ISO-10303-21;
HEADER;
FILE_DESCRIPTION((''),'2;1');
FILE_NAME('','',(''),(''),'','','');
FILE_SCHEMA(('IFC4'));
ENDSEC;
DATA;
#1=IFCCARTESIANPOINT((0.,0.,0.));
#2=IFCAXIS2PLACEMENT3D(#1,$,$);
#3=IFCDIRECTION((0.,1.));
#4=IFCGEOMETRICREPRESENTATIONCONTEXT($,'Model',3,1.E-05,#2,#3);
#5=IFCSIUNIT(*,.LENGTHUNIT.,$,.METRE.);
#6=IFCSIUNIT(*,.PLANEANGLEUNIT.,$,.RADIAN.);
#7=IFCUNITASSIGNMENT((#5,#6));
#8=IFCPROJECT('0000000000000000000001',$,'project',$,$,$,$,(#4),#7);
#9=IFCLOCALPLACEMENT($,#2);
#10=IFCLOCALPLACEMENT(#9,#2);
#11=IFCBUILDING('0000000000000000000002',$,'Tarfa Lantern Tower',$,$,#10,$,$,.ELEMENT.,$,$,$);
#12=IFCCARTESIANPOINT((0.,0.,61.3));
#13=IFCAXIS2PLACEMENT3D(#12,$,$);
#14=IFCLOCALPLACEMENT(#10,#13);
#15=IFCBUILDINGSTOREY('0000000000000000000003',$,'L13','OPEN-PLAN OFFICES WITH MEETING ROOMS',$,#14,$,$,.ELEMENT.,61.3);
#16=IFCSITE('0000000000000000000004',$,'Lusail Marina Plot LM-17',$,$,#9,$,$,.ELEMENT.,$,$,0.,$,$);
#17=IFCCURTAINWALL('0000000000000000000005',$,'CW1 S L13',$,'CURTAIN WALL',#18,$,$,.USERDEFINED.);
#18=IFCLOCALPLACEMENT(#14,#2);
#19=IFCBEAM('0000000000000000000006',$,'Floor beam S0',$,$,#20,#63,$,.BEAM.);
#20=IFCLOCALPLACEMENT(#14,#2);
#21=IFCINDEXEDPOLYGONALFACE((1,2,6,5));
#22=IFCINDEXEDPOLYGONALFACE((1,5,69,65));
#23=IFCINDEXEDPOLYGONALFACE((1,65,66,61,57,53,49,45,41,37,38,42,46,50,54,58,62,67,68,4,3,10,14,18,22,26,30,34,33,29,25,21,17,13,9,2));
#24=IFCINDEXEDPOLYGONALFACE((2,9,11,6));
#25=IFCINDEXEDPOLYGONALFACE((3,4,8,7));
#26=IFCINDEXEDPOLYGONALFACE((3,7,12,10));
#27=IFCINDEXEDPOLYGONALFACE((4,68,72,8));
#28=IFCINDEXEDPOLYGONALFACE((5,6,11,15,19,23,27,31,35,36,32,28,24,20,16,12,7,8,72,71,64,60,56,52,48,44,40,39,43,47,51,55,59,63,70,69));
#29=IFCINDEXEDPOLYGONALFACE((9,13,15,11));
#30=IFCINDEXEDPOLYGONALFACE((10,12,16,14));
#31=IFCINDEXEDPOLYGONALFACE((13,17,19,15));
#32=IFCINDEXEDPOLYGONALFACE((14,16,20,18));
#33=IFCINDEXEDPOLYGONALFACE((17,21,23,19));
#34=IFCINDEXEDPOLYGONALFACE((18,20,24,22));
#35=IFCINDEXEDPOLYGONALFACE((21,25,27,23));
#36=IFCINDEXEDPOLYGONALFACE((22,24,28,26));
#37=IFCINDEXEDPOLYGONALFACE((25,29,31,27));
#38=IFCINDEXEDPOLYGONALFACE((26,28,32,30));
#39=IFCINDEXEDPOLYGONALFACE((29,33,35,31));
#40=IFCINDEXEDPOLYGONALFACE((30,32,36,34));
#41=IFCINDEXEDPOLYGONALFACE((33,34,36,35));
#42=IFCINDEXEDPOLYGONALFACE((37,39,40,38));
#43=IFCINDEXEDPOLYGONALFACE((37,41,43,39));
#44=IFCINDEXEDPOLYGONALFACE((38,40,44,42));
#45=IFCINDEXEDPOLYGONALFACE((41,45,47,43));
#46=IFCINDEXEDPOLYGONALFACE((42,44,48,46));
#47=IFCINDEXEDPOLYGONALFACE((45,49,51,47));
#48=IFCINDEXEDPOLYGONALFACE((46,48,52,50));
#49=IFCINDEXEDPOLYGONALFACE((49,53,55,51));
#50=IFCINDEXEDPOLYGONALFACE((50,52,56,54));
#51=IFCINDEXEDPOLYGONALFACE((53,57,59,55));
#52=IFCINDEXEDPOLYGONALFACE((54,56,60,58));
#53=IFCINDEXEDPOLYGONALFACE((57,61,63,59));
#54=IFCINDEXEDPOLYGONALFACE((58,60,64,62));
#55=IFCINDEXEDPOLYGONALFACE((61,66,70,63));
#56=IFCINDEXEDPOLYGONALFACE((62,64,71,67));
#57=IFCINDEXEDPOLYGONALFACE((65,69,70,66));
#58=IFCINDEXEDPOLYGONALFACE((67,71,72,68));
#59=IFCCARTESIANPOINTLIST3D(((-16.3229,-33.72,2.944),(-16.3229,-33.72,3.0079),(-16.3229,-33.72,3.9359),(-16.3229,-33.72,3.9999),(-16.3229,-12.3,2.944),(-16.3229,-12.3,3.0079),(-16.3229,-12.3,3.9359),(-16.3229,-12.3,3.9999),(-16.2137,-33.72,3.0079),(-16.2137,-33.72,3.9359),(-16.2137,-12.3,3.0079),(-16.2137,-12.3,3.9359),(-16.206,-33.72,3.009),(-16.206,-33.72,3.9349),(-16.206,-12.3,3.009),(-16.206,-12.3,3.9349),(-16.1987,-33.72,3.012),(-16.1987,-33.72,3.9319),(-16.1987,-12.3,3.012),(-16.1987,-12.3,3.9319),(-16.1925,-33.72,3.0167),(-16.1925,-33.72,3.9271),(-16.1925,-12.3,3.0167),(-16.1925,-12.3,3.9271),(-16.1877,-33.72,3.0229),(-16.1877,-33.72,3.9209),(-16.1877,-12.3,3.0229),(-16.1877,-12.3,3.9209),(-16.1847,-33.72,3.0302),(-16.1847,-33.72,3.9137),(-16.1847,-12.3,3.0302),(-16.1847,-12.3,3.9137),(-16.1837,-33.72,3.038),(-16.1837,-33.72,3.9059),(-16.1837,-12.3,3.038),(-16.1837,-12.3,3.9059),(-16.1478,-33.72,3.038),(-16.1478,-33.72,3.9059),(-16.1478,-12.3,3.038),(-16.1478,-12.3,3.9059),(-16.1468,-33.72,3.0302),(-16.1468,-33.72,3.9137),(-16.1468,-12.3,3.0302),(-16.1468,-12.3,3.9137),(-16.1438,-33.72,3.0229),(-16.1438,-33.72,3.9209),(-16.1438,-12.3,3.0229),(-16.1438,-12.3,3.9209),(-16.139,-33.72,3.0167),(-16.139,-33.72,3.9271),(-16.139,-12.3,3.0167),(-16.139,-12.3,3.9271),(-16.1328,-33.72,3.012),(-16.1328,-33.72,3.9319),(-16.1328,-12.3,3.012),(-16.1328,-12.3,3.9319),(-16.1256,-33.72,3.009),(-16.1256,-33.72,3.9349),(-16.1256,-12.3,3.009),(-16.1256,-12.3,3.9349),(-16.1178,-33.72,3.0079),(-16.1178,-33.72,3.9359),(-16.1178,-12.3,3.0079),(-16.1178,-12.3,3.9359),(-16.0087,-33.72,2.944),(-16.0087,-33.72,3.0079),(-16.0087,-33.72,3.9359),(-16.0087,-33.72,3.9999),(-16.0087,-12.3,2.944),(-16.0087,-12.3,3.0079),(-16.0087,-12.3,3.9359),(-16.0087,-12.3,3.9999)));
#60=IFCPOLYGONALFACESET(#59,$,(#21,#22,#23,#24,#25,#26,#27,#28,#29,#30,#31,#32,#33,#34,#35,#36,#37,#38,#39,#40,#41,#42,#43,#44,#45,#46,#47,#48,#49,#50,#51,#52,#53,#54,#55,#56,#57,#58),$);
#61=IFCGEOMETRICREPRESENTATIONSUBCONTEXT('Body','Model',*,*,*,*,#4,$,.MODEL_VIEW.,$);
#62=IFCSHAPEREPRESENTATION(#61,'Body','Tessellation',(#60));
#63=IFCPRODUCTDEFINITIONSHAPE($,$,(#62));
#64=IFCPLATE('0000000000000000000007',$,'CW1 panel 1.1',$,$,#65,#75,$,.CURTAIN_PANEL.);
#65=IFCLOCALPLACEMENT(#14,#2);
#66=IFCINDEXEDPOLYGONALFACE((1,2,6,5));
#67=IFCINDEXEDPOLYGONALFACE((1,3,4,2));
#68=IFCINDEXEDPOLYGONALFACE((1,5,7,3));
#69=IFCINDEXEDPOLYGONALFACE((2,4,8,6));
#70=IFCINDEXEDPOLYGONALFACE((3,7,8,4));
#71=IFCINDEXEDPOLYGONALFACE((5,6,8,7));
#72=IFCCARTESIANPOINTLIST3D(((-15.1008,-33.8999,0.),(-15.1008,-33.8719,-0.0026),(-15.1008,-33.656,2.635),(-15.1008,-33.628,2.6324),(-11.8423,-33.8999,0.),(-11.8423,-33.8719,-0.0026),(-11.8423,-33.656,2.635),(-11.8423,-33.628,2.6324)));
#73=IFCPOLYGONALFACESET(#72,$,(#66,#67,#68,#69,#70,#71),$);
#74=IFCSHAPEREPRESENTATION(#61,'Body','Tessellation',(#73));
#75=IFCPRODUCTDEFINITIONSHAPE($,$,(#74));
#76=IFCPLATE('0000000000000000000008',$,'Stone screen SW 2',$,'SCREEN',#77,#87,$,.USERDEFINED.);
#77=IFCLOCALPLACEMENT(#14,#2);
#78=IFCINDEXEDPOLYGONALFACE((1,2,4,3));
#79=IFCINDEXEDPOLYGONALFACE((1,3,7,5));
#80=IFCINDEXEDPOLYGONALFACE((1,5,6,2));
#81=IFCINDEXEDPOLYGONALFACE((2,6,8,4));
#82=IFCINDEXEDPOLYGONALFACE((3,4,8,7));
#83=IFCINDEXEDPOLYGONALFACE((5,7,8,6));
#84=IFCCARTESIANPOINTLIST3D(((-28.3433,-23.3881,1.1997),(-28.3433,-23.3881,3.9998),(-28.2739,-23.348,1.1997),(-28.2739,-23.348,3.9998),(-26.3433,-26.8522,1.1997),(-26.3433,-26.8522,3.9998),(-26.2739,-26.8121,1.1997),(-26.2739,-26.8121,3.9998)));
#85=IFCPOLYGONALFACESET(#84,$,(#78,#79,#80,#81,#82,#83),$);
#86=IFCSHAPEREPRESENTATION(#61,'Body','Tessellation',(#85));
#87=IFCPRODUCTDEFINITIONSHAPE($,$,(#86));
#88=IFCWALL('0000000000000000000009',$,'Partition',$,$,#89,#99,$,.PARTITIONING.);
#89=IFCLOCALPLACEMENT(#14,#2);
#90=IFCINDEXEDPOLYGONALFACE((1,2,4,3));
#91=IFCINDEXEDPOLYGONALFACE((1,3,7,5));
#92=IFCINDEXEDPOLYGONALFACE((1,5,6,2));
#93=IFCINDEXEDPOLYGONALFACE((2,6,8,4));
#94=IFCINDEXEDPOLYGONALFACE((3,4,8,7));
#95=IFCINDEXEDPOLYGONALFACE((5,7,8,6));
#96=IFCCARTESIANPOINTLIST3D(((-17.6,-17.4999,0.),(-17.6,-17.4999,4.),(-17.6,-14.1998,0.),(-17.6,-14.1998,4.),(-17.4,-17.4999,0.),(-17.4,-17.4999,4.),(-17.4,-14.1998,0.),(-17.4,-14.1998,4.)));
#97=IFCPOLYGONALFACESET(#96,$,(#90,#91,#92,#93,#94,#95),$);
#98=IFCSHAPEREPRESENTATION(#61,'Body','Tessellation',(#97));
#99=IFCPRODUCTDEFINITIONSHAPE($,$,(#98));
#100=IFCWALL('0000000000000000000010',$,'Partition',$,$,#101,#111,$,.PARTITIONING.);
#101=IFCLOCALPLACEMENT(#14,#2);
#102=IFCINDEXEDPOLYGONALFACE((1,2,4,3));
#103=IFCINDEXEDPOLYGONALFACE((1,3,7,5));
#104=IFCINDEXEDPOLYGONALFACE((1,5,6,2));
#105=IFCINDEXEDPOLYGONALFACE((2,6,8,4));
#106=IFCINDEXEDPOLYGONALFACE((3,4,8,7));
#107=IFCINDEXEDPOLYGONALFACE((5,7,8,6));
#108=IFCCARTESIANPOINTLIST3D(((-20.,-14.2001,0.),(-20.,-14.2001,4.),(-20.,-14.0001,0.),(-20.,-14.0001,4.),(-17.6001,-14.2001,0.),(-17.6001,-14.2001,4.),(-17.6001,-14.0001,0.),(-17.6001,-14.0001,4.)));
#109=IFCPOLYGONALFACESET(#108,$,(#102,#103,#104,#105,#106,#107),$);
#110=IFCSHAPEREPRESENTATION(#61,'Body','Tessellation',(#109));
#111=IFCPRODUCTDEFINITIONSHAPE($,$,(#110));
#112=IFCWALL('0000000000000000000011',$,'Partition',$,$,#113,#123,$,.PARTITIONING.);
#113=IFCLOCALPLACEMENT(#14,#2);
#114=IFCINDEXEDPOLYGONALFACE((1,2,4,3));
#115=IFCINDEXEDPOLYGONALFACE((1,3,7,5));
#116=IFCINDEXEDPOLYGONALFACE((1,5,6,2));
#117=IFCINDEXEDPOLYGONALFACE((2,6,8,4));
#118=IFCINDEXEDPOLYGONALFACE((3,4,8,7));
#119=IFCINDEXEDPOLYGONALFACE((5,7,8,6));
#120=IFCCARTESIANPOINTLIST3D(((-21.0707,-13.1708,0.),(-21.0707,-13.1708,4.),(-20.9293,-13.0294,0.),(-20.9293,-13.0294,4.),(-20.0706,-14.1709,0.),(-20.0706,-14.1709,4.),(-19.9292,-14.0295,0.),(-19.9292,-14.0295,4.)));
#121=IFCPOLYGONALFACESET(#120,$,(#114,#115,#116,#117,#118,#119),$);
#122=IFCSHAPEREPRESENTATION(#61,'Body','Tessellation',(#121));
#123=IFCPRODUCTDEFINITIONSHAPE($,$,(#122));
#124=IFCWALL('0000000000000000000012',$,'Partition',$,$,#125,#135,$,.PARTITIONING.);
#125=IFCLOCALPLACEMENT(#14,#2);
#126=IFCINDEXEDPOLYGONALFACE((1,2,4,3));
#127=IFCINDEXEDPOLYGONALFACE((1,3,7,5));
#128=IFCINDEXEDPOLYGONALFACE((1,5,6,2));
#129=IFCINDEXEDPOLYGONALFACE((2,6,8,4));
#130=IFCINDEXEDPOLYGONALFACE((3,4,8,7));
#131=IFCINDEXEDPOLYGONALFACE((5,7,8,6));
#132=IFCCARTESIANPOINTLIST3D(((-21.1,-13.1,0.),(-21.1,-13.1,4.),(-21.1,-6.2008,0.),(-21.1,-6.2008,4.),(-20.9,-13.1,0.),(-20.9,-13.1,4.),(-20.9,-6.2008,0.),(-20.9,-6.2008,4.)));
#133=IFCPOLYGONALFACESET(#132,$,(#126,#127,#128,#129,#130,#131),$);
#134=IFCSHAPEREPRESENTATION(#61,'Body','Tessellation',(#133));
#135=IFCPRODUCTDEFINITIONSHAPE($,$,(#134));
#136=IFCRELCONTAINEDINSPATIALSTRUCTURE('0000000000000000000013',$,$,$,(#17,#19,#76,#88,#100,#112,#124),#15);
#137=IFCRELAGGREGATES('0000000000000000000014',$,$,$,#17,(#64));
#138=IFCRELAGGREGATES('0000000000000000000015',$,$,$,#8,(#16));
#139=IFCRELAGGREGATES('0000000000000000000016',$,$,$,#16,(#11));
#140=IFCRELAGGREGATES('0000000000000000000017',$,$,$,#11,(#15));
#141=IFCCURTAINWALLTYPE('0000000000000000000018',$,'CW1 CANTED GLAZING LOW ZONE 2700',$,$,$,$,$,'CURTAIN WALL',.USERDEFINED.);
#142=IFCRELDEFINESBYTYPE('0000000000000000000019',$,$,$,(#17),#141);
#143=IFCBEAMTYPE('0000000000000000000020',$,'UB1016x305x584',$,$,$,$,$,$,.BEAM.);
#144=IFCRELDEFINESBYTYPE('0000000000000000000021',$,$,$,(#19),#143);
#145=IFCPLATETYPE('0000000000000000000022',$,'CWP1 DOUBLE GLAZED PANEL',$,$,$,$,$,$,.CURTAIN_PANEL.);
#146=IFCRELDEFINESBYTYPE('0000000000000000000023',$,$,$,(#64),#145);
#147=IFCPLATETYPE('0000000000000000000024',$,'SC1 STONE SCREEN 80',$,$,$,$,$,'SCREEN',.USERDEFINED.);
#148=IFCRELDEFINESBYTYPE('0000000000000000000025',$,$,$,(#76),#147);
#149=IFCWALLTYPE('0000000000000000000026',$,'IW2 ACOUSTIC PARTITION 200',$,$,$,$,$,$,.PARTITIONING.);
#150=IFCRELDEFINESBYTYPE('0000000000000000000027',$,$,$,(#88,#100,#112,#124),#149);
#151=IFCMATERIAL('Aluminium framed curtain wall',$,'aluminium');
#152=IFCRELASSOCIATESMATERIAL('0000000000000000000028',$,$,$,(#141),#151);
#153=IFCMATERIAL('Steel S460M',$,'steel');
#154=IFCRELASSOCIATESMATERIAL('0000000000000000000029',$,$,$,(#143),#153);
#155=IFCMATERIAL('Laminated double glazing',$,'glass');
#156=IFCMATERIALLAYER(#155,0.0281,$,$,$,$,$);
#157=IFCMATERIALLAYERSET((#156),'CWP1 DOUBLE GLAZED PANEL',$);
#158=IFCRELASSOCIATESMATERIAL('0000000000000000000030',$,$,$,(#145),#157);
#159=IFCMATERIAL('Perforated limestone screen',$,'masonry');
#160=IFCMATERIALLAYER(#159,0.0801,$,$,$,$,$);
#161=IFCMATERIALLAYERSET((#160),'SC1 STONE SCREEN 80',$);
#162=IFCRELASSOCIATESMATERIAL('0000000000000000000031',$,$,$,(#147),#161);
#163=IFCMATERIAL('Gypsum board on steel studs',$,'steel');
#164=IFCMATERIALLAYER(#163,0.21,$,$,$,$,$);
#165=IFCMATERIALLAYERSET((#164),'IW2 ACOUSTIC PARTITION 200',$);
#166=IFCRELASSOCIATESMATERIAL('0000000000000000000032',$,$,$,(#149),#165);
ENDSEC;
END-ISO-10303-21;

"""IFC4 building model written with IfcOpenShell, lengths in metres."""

from ifc_helpers import new_model, si_unit, direction, frame, frame_2d, origin, origin_2d, place, context, subcontext, project, spatial, polyline, rectangle, i_section, outline, extrude, material, layer, layer_set, material_profile, profile_set, type_object, element, aggregate, save


model = new_model("IFC4")

# Units and contexts
model_context = context("Model", 3, precision=1e-05, world=origin(), true_north=direction((0.0, 1.0)))
body_context = subcontext(model_context, "Body", "Model", "MODEL_VIEW")
ifc_project = project(units=[si_unit("LENGTHUNIT", "METRE"), si_unit("PLANEANGLEUNIT", "RADIAN")], contexts=[model_context])

# Site, building, storey
site_placement = place(None, origin())
site = spatial("IfcSite", under=ifc_project, at=site_placement, Name="Lusail Marina Plot LM-17", CompositionType="ELEMENT", RefElevation=0.0)
building_placement = place(site_placement, origin())
building = spatial("IfcBuilding", under=site, at=building_placement, Name="Tarfa Lantern Tower", CompositionType="ELEMENT")
storey_placement = place(building_placement, frame((0.0, 0.0, 61.3)))
storey = spatial("IfcBuildingStorey", under=building, at=storey_placement, Name="L13", Description="OPEN-PLAN OFFICES WITH MEETING ROOMS", CompositionType="ELEMENT", Elevation=61.3)

# Curtain wall
ifc_material_1 = material(Name="Aluminium framed curtain wall", Category="aluminium")
curtain_wall_type = type_object("IfcCurtainWallType", Name="CW1 CANTED GLAZING LOW ZONE 2700", ElementType="CURTAIN WALL", PredefinedType="USERDEFINED", material=ifc_material_1)
curtain_wall_placement = place(storey_placement, origin())
curtain_wall = element("IfcCurtainWall", 1, at=curtain_wall_placement, inside=storey, type_object=curtain_wall_type, Name="CW1 S L13", ObjectType="CURTAIN WALL", PredefinedType="USERDEFINED")

# Beam
ifc_material_2 = material(Name="Steel S460M", Category="steel")
ifc_material_profile_1 = material_profile(ifc_material_2, i_section(OverallWidth=0.3142, OverallDepth=1.0559, WebThickness=0.0359, FlangeThickness=0.064, FilletRadius=0.03, at=origin_2d()), Name="UB1016x305x584")
ifc_profile_set_1 = profile_set([ifc_material_profile_1], Name="Steel S460M")
beam_type_1 = type_object("IfcBeamType", Name="UB1016x305x584", PredefinedType="BEAM", material=ifc_profile_set_1)
beam_1_placement = place(storey_placement, frame((-16.1658, -33.72, 3.4719), z_axis=(0.0, 1.0, 0.0), x_axis=(-1.0, 0.0, 0.0)))
element("IfcBeam", 2, at=beam_1_placement, inside=storey, type_object=beam_type_1, Name="Floor beam S0", PredefinedType="BEAM", context=body_context, shape_type="SweptSolid", body=[
    extrude(i_section(OverallWidth=0.3142, OverallDepth=1.0559, WebThickness=0.0359, FlangeThickness=0.064, FilletRadius=0.03, at=origin_2d()), origin(), (0.0, 0.0, 1.0), 21.4199),
])

# Plates
ifc_material_3 = material(Name="Laminated double glazing", Category="glass")
ifc_layer_1 = layer(ifc_material_3, 0.0281)
ifc_layer_set_1 = layer_set([ifc_layer_1], Name="CWP1 DOUBLE GLAZED PANEL")
plate_type_1 = type_object("IfcPlateType", Name="CWP1 DOUBLE GLAZED PANEL", PredefinedType="CURTAIN_PANEL", material=ifc_layer_set_1)
plate_1_placement = place(storey_placement, frame((-15.1008, -33.8999, 0.0), z_axis=(0.0, -0.995744, 0.092166), x_axis=(1.0, 0.0, 0.0)))
plate_1 = element("IfcPlate", 3, at=plate_1_placement, type_object=plate_type_1, Name="CW1 panel 1.1", PredefinedType="CURTAIN_PANEL", context=body_context, shape_type="SweptSolid", body=[
    extrude(outline(polyline([(0.0, 0.0), (3.2585, 0.0), (3.2585, 2.6463), (0.0, 2.6463), (0.0, 0.0)])), origin(), (0.0, 0.0, -1.0), 0.0281),
])
aggregate(curtain_wall, [plate_1])
ifc_material_4 = material(Name="Perforated limestone screen", Category="masonry")
ifc_layer_2 = layer(ifc_material_4, 0.0801)
ifc_layer_set_2 = layer_set([ifc_layer_2], Name="SC1 STONE SCREEN 80")
plate_type_2 = type_object("IfcPlateType", Name="SC1 STONE SCREEN 80", ElementType="SCREEN", PredefinedType="USERDEFINED", material=ifc_layer_set_2)
plate_2_placement = place(storey_placement, frame((-27.3086, -25.1001, 1.1997), z_axis=(0.0, 0.0, 1.0), x_axis=(0.5, -0.866025, 0.0)))
element("IfcPlate", 4, at=plate_2_placement, inside=storey, type_object=plate_type_2, Name="Stone screen SW 2", ObjectType="SCREEN", PredefinedType="USERDEFINED", context=body_context, shape_type="SweptSolid", body=[
    extrude(rectangle(XDim=4.0, YDim=0.0801, at=origin_2d()), origin(), (0.0, 0.0, 1.0), 2.8),
])

# Walls
ifc_material_5 = material(Name="Gypsum board on steel studs", Category="steel")
ifc_layer_3 = layer(ifc_material_5, 0.21)
ifc_layer_set_3 = layer_set([ifc_layer_3], Name="IW2 ACOUSTIC PARTITION 200")
wall_type = type_object("IfcWallType", Name="IW2 ACOUSTIC PARTITION 200", PredefinedType="PARTITIONING", material=ifc_layer_set_3)
wall_1_placement = place(storey_placement, frame((-17.5, -14.2, 0.0), z_axis=(0.0, 0.0, 1.0), x_axis=(0.0, -1.0, 0.0)))
element("IfcWall", 5, at=wall_1_placement, inside=storey, type_object=wall_type, Name="Partition", PredefinedType="PARTITIONING", context=body_context, shape_type="SweptSolid", body=[
    extrude(rectangle(XDim=3.3, YDim=0.2, at=frame_2d((1.6499, 0.0))), origin(), (0.0, 0.0, 1.0), 4.0),
])
wall_2_placement = place(storey_placement, frame((-17.6001, -14.1001, 0.0), z_axis=(0.0, 0.0, 1.0), x_axis=(-1.0, 0.0, 0.0)))
element("IfcWall", 6, at=wall_2_placement, inside=storey, type_object=wall_type, Name="Partition", PredefinedType="PARTITIONING", context=body_context, shape_type="SweptSolid", body=[
    extrude(rectangle(XDim=2.3999, YDim=0.2, at=frame_2d((1.2, 0.0))), origin(), (0.0, 0.0, 1.0), 4.0),
])
wall_3_placement = place(storey_placement, frame((-20.0, -14.1001, 0.0), z_axis=(0.0, 0.0, 1.0), x_axis=(-0.707107, 0.707107, 0.0)))
element("IfcWall", 7, at=wall_3_placement, inside=storey, type_object=wall_type, Name="Partition", PredefinedType="PARTITIONING", context=body_context, shape_type="SweptSolid", body=[
    extrude(rectangle(XDim=1.4143, YDim=0.2, at=frame_2d((0.707, 0.0))), origin(), (0.0, 0.0, 1.0), 4.0),
])
wall_4_placement = place(storey_placement, frame((-21.0, -13.1001, 0.0), z_axis=(0.0, 0.0, 1.0), x_axis=(0.0, 1.0, 0.0)))
element("IfcWall", 8, at=wall_4_placement, inside=storey, type_object=wall_type, Name="Partition", PredefinedType="PARTITIONING", context=body_context, shape_type="SweptSolid", body=[
    extrude(rectangle(XDim=6.8992, YDim=0.2, at=frame_2d((3.4497, 0.0))), origin(), (0.0, 0.0, 1.0), 4.0),
])

save(model, "model.ifc")
